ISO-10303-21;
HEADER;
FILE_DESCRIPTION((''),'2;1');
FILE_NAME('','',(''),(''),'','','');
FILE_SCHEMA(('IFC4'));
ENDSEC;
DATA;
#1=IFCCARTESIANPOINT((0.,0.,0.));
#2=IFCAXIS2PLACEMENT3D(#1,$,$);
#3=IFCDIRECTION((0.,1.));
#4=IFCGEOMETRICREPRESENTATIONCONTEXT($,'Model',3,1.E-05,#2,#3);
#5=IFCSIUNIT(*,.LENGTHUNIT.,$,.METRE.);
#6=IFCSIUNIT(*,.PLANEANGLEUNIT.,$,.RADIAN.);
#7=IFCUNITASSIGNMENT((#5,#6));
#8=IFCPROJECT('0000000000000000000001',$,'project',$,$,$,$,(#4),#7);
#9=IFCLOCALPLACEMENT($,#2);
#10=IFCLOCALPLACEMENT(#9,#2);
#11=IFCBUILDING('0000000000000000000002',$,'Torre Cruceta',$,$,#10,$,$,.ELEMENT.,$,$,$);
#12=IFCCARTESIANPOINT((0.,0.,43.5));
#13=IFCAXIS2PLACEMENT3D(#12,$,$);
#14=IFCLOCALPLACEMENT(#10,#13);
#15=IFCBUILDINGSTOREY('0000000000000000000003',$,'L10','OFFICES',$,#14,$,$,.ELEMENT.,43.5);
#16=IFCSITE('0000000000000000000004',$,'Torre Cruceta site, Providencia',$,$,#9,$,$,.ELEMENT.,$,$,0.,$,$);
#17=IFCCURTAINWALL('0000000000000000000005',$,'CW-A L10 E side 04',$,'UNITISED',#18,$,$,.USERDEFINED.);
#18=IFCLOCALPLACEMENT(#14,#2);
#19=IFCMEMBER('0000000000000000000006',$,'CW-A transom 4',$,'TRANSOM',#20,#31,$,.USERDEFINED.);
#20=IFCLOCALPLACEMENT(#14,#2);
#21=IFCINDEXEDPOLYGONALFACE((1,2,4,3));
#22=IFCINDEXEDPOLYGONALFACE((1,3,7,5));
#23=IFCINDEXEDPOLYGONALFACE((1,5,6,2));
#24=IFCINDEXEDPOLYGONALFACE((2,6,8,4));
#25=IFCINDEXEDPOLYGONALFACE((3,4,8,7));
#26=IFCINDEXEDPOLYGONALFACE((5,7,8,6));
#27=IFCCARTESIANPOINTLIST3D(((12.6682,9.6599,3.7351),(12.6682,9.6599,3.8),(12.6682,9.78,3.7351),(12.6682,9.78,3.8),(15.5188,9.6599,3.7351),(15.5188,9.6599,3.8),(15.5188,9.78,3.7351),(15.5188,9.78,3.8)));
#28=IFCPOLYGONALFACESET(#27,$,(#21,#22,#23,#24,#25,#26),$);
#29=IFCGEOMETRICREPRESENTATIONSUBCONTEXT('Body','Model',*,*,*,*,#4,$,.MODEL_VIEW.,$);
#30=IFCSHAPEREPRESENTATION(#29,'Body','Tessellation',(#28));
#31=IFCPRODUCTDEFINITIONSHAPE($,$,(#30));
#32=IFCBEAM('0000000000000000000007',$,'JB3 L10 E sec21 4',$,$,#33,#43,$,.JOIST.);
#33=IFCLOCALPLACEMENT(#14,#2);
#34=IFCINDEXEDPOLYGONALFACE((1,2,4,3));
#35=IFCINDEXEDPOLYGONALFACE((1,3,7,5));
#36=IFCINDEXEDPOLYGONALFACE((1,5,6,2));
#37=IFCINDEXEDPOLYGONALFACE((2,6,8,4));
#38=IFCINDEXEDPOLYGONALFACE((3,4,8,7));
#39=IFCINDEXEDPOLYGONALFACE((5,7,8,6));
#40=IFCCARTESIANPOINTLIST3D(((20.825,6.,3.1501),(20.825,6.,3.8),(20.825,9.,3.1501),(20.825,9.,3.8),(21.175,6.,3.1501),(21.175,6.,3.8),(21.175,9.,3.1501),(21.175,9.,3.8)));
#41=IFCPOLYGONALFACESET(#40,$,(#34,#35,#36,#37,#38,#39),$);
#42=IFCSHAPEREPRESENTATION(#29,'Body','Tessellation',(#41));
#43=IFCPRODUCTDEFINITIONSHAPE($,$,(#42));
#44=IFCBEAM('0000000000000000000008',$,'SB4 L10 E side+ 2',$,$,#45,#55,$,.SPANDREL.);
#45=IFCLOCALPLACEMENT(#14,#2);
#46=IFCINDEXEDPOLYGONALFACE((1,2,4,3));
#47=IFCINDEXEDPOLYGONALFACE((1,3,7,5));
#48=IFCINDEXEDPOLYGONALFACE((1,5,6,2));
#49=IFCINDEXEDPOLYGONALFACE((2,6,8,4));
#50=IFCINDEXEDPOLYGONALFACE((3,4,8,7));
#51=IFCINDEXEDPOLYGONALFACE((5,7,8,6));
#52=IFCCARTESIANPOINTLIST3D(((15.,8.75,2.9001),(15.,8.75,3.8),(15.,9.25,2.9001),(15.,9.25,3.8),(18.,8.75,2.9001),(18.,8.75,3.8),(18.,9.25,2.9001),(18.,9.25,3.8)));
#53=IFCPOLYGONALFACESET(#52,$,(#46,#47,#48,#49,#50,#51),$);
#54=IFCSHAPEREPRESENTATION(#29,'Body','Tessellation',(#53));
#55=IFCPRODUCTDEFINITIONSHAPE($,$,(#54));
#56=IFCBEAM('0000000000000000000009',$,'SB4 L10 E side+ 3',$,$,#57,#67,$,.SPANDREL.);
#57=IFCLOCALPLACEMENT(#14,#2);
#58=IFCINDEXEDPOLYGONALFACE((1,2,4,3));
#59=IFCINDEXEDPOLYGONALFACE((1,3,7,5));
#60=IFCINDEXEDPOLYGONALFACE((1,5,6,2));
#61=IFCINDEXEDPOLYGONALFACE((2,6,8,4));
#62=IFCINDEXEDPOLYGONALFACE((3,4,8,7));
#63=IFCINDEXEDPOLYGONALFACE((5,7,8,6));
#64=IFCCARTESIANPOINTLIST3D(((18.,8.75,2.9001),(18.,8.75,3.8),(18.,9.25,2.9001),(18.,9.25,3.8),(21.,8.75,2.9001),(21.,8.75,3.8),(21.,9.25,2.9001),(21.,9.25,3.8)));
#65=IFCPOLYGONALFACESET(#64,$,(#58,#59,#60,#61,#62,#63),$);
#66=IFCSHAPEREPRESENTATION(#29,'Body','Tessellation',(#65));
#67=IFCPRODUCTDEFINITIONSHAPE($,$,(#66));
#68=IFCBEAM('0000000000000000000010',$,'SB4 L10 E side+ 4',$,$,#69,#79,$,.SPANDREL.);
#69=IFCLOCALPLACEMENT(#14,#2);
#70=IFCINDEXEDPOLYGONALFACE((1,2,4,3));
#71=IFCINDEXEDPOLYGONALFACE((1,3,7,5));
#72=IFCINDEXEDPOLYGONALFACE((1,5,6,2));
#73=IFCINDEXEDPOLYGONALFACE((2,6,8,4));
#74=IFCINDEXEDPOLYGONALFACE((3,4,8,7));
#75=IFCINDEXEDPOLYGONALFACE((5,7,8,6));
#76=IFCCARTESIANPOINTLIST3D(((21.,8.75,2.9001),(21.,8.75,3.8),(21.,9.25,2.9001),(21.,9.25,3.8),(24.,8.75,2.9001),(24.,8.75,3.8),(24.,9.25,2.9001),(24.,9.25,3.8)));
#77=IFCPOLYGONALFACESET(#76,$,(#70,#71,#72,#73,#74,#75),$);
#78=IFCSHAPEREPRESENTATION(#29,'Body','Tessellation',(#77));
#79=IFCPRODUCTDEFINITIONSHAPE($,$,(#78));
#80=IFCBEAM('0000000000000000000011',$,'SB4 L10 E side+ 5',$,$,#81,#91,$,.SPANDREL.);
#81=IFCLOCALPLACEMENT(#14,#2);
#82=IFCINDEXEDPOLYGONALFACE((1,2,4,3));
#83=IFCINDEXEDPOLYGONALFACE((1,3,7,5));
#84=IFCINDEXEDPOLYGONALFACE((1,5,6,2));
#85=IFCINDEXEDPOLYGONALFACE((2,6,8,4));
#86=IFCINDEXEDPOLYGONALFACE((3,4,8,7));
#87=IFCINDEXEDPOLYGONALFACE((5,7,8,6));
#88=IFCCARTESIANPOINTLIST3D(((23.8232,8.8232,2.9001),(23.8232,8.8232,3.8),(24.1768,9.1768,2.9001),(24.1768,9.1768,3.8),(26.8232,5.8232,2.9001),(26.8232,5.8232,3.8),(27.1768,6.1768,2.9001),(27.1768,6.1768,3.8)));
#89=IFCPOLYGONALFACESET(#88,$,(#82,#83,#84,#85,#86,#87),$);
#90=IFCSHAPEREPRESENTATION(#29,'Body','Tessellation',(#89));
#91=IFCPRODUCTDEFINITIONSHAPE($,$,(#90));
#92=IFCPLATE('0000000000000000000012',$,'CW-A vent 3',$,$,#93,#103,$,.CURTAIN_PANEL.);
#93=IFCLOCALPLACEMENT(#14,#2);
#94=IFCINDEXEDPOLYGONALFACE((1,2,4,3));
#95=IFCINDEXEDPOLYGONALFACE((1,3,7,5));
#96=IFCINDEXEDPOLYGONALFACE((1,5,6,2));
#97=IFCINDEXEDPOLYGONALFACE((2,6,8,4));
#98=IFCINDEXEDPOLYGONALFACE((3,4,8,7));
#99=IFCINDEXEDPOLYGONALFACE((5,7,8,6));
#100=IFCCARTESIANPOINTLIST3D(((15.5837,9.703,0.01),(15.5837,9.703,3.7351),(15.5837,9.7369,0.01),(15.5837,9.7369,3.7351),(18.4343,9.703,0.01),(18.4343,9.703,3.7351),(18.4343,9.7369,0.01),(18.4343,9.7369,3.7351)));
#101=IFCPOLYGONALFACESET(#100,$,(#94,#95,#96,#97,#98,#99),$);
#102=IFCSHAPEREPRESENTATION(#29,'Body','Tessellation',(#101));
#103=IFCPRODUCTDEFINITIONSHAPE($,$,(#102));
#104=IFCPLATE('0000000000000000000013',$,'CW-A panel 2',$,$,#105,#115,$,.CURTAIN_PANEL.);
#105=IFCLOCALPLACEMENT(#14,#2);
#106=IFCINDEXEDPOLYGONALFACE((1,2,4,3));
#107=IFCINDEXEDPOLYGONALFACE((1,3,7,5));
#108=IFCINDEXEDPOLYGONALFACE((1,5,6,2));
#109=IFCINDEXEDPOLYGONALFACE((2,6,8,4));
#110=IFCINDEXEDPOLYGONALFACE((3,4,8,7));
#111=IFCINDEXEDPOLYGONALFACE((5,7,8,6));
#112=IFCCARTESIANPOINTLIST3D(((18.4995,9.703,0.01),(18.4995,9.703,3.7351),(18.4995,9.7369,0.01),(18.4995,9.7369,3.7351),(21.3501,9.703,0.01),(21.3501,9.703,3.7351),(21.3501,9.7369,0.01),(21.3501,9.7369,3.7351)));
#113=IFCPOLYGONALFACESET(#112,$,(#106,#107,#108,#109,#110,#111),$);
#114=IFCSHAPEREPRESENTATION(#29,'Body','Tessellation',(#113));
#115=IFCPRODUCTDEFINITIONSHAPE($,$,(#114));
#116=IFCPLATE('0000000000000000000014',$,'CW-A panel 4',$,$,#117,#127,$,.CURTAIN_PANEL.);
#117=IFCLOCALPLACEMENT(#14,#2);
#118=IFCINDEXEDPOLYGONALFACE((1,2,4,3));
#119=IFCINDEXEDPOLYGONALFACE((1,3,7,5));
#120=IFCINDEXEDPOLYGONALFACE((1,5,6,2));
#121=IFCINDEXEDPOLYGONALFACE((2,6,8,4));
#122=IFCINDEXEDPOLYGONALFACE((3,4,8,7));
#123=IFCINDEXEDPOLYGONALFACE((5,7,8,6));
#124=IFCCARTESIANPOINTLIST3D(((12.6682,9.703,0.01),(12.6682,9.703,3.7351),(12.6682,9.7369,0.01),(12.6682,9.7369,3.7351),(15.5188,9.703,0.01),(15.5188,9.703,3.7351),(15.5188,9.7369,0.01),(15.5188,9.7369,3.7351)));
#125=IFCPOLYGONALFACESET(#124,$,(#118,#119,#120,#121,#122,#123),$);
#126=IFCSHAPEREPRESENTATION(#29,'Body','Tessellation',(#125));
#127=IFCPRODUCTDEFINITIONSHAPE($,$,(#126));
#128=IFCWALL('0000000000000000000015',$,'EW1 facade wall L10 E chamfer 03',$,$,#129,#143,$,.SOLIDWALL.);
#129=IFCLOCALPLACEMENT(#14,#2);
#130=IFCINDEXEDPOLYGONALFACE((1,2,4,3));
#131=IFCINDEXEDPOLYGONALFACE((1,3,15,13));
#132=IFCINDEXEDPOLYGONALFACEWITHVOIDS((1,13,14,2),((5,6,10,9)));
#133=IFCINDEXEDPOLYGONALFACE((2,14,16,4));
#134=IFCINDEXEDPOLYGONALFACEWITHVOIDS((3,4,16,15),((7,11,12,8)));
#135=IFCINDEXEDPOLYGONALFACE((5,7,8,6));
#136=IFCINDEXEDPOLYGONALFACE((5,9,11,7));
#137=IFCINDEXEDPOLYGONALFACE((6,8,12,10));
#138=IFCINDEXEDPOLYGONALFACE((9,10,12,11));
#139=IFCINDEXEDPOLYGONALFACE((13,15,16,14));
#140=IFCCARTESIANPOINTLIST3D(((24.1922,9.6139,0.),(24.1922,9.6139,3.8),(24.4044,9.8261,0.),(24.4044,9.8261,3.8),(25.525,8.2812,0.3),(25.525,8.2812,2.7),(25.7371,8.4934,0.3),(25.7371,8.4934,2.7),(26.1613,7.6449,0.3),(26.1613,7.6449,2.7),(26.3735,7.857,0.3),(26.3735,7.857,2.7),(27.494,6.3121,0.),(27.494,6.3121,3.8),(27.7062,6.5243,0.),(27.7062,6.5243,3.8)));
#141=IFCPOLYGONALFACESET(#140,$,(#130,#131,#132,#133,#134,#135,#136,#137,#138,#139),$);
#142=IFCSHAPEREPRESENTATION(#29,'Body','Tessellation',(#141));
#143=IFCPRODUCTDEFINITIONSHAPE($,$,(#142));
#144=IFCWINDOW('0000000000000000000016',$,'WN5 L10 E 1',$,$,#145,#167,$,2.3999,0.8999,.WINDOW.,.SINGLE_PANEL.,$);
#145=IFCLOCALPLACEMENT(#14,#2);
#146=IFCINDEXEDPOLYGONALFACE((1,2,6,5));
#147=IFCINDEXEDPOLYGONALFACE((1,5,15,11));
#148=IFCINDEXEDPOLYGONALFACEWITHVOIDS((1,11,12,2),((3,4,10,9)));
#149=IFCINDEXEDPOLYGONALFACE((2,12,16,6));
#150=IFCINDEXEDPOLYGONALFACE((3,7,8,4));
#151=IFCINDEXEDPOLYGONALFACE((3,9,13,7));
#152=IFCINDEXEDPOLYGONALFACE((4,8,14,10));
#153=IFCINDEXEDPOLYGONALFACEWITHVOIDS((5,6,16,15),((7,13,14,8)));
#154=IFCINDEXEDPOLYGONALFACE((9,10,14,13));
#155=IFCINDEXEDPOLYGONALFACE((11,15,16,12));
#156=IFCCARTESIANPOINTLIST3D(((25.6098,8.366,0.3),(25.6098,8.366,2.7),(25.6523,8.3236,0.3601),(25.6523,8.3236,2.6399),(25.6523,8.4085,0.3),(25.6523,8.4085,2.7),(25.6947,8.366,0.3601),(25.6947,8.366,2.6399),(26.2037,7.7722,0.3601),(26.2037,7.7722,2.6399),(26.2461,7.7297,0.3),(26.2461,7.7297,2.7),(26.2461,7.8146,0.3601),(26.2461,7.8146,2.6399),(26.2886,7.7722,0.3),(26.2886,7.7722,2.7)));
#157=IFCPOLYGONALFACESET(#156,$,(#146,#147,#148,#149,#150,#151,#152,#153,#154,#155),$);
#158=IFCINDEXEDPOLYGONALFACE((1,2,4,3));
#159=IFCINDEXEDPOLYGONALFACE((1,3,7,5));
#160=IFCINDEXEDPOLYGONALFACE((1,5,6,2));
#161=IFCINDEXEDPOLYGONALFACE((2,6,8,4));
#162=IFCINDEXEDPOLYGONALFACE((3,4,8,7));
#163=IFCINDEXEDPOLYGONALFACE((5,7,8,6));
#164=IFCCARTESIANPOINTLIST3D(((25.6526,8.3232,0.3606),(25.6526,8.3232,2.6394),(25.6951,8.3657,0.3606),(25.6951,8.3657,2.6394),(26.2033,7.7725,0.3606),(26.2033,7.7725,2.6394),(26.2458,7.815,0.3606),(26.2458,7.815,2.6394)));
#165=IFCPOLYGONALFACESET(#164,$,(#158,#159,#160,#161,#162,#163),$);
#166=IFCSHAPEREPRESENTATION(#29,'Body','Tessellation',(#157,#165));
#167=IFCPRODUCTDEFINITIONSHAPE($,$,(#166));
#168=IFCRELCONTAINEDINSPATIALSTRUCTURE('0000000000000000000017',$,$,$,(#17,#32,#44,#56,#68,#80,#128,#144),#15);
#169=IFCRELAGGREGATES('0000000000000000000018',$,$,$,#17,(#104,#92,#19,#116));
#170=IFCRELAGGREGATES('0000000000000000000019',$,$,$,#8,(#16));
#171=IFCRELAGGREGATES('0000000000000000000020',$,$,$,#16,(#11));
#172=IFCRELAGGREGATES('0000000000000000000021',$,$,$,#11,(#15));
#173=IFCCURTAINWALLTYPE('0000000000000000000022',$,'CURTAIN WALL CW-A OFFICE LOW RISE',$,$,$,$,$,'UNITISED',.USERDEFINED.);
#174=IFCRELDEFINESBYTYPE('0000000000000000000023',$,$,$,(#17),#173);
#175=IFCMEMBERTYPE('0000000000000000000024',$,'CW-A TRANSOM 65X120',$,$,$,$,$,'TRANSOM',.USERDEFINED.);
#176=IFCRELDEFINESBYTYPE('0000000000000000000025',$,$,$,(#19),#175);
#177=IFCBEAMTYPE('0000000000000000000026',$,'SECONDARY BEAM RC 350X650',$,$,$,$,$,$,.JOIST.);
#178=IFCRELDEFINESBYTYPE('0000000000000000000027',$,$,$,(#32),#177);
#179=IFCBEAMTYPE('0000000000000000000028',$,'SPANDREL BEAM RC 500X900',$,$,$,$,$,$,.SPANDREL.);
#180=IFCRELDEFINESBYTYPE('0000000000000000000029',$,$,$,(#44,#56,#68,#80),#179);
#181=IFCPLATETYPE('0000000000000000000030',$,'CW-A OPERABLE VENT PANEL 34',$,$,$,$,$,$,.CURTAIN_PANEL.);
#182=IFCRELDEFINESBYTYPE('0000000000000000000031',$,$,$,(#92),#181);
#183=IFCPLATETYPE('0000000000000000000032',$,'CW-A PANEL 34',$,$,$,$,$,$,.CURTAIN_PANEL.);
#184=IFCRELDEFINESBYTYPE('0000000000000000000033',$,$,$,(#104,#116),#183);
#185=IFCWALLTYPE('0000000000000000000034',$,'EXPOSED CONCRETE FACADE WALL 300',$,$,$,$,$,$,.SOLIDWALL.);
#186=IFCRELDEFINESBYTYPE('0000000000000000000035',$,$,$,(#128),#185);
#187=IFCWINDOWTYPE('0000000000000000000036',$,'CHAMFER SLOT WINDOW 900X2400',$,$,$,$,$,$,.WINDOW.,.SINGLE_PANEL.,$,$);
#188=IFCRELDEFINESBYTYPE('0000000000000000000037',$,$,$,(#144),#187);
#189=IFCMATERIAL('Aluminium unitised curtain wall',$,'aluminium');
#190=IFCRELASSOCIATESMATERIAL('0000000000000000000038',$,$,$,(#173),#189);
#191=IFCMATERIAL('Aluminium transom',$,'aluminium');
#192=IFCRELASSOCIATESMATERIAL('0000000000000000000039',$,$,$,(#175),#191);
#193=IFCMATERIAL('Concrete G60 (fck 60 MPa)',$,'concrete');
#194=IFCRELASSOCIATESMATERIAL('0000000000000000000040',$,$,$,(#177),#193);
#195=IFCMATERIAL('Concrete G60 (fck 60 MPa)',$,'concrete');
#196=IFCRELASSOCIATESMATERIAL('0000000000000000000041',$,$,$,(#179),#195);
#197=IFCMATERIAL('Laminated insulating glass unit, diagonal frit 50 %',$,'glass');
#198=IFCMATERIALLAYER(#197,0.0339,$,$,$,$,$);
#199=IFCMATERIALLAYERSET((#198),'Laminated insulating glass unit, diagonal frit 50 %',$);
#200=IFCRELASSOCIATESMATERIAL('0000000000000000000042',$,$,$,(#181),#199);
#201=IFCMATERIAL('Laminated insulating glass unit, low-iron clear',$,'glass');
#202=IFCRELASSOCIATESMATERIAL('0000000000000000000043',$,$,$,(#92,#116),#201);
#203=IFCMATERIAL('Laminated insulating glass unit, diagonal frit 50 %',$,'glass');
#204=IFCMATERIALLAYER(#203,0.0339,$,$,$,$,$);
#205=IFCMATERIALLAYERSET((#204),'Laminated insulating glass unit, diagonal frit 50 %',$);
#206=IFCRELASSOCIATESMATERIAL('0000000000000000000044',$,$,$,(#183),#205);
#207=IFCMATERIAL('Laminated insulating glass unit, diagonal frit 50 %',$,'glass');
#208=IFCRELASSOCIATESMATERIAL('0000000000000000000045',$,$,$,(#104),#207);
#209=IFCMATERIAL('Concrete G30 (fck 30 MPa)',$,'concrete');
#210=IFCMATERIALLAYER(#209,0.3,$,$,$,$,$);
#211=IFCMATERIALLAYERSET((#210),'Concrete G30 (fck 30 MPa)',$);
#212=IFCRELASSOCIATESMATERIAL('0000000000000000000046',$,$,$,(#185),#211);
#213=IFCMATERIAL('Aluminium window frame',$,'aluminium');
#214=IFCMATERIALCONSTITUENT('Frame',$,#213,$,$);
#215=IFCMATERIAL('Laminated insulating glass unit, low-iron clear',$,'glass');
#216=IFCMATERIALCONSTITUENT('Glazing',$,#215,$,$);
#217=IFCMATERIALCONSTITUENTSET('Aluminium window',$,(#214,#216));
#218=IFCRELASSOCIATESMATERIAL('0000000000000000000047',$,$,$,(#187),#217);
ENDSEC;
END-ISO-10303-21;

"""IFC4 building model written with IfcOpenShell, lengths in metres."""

from ifc_helpers import new_model, si_unit, direction, frame, frame_2d, origin, origin_2d, place, context, subcontext, project, spatial, rectangle, hollow_rectangle, extrude, material, layer, layer_set, constituent, constituent_set, material_profile, profile_set, type_object, element, fill, aggregate, save


model = new_model("IFC4")

# Units and contexts
model_context = context("Model", 3, precision=1e-05, world=origin(), true_north=direction((0.0, 1.0)))
body_context = subcontext(model_context, "Body", "Model", "MODEL_VIEW")
ifc_project = project(units=[si_unit("LENGTHUNIT", "METRE"), si_unit("PLANEANGLEUNIT", "RADIAN")], contexts=[model_context])

# Site, building, storey
site_placement = place(None, origin())
site = spatial("IfcSite", under=ifc_project, at=site_placement, Name="Torre Cruceta site, Providencia", CompositionType="ELEMENT", RefElevation=0.0)
building_placement = place(site_placement, origin())
building = spatial("IfcBuilding", under=site, at=building_placement, Name="Torre Cruceta", CompositionType="ELEMENT")
storey_placement = place(building_placement, frame((0.0, 0.0, 43.5)))
storey = spatial("IfcBuildingStorey", under=building, at=storey_placement, Name="L10", Description="OFFICES", CompositionType="ELEMENT", Elevation=43.5)

# Curtain wall, member
ifc_material_1 = material(Name="Aluminium unitised curtain wall", Category="aluminium")
curtain_wall_type = type_object("IfcCurtainWallType", Name="CURTAIN WALL CW-A OFFICE LOW RISE", ElementType="UNITISED", PredefinedType="USERDEFINED", material=ifc_material_1)
curtain_wall_placement = place(storey_placement, origin())
curtain_wall = element("IfcCurtainWall", 1, at=curtain_wall_placement, inside=storey, type_object=curtain_wall_type, Name="CW-A L10 E side 04", ObjectType="UNITISED", PredefinedType="USERDEFINED")
ifc_material_2 = material(Name="Aluminium transom", Category="aluminium")
ifc_material_profile_1 = material_profile(ifc_material_2, rectangle(XDim=0.1201, YDim=0.0649, at=origin_2d()), Name="AL 120X65")
ifc_profile_set_1 = profile_set([ifc_material_profile_1], Name="Aluminium transom")
member_type_1 = type_object("IfcMemberType", Name="CW-A TRANSOM 65X120", ElementType="TRANSOM", PredefinedType="USERDEFINED", material=ifc_profile_set_1)
member_1_placement = place(storey_placement, frame((15.5188, 9.72, 3.7676), z_axis=(-1.0, 0.0, 0.0), x_axis=(0.0, -1.0, 0.0)))
member_1 = element("IfcMember", 2, at=member_1_placement, type_object=member_type_1, Name="CW-A transom 4", ObjectType="TRANSOM", PredefinedType="USERDEFINED", context=body_context, shape_type="SweptSolid", body=[
    extrude(rectangle(XDim=0.1201, YDim=0.0649, at=origin_2d()), origin(), (0.0, 0.0, 1.0), 2.8506),
])

# Beams
ifc_material_3 = material(Name="Concrete G60 (fck 60 MPa)", Category="concrete")
ifc_material_profile_2 = material_profile(ifc_material_3, rectangle(XDim=0.3501, YDim=0.6499, at=origin_2d()), Name="RC 350X650")
ifc_profile_set_2 = profile_set([ifc_material_profile_2], Name="Concrete G60 (fck 60 MPa)")
beam_type_1 = type_object("IfcBeamType", Name="SECONDARY BEAM RC 350X650", PredefinedType="JOIST", material=ifc_profile_set_2)
beam_1_placement = place(storey_placement, frame((21.0, 6.0, 3.4751), z_axis=(0.0, 1.0, 0.0), x_axis=(-1.0, 0.0, 0.0)))
element("IfcBeam", 3, at=beam_1_placement, inside=storey, type_object=beam_type_1, Name="JB3 L10 E sec21 4", PredefinedType="JOIST", context=body_context, shape_type="SweptSolid", body=[
    extrude(rectangle(XDim=0.3501, YDim=0.6499, at=origin_2d()), origin(), (0.0, 0.0, 1.0), 3.0),
])
ifc_material_4 = material(Name="Concrete G60 (fck 60 MPa)", Category="concrete")
ifc_material_profile_3 = material_profile(ifc_material_4, rectangle(XDim=0.5, YDim=0.8999, at=origin_2d()), Name="RC 500X900")
ifc_profile_set_3 = profile_set([ifc_material_profile_3], Name="Concrete G60 (fck 60 MPa)")
beam_type_2 = type_object("IfcBeamType", Name="SPANDREL BEAM RC 500X900", PredefinedType="SPANDREL", material=ifc_profile_set_3)
for number, where, z_axis, x_axis, name in (
    (4, (15.0, 9.0, 3.3501), (1.0, 0.0, 0.0), (0.0, 1.0, 0.0), "SB4 L10 E side+ 2"),
    (5, (18.0, 9.0, 3.3501), (1.0, 0.0, 0.0), (0.0, 1.0, 0.0), "SB4 L10 E side+ 3"),
    (6, (21.0, 9.0, 3.3501), (1.0, 0.0, 0.0), (0.0, 1.0, 0.0), "SB4 L10 E side+ 4"),
):
    element("IfcBeam", number, at=place(storey_placement, frame(where, z_axis=z_axis, x_axis=x_axis)), inside=storey, type_object=beam_type_2, Name=name, PredefinedType="SPANDREL", context=body_context, shape_type="SweptSolid", body=[
        extrude(rectangle(XDim=0.5, YDim=0.8999, at=origin_2d()), origin(), (0.0, 0.0, 1.0), 3.0),
    ])
beam_2_placement = place(storey_placement, frame((24.0, 9.0, 3.3501), z_axis=(0.707107, -0.707107, 0.0), x_axis=(0.707107, 0.707107, 0.0)))
element("IfcBeam", 7, at=beam_2_placement, inside=storey, type_object=beam_type_2, Name="SB4 L10 E side+ 5", PredefinedType="SPANDREL", context=body_context, shape_type="SweptSolid", body=[
    extrude(rectangle(XDim=0.5, YDim=0.8999, at=origin_2d()), origin(), (0.0, 0.0, 1.0), 4.2427),
])

# Plates
ifc_material_5 = material(Name="Laminated insulating glass unit, low-iron clear", Category="glass")
ifc_material_6 = material(Name="Laminated insulating glass unit, diagonal frit 50 %", Category="glass")
ifc_layer_1 = layer(ifc_material_6, 0.0339)
ifc_layer_set_1 = layer_set([ifc_layer_1], Name="Laminated insulating glass unit, diagonal frit 50 %")
plate_type_1 = type_object("IfcPlateType", Name="CW-A OPERABLE VENT PANEL 34", PredefinedType="CURTAIN_PANEL", material=ifc_layer_set_1)
plate_1_placement = place(storey_placement, frame((17.009, 9.72, 0.01), z_axis=(0.0, 0.0, 1.0), x_axis=(-1.0, 0.0, 0.0)))
plate_1 = element("IfcPlate", 8, at=plate_1_placement, type_object=plate_type_1, material=ifc_material_5, Name="CW-A vent 3", PredefinedType="CURTAIN_PANEL", context=body_context, shape_type="SweptSolid", body=[
    extrude(rectangle(XDim=2.8506, YDim=0.0339, at=origin_2d()), origin(), (0.0, 0.0, 1.0), 3.7251),
])
ifc_material_7 = material(Name="Laminated insulating glass unit, diagonal frit 50 %", Category="glass")
ifc_material_8 = material(Name="Laminated insulating glass unit, diagonal frit 50 %", Category="glass")
ifc_layer_2 = layer(ifc_material_8, 0.0339)
ifc_layer_set_2 = layer_set([ifc_layer_2], Name="Laminated insulating glass unit, diagonal frit 50 %")
plate_type_2 = type_object("IfcPlateType", Name="CW-A PANEL 34", PredefinedType="CURTAIN_PANEL", material=ifc_layer_set_2)
plate_2_placement = place(storey_placement, frame((19.9248, 9.72, 0.01), z_axis=(0.0, 0.0, 1.0), x_axis=(-1.0, 0.0, 0.0)))
plate_2 = element("IfcPlate", 9, at=plate_2_placement, type_object=plate_type_2, material=ifc_material_7, Name="CW-A panel 2", PredefinedType="CURTAIN_PANEL", context=body_context, shape_type="SweptSolid", body=[
    extrude(rectangle(XDim=2.8506, YDim=0.0339, at=origin_2d()), origin(), (0.0, 0.0, 1.0), 3.7251),
])
plate_3_placement = place(storey_placement, frame((14.0935, 9.72, 0.01), z_axis=(0.0, 0.0, 1.0), x_axis=(-1.0, 0.0, 0.0)))
plate_3 = element("IfcPlate", 10, at=plate_3_placement, type_object=plate_type_2, material=ifc_material_5, Name="CW-A panel 4", PredefinedType="CURTAIN_PANEL", context=body_context, shape_type="SweptSolid", body=[
    extrude(rectangle(XDim=2.8506, YDim=0.0339, at=origin_2d()), origin(), (0.0, 0.0, 1.0), 3.7251),
])
aggregate(curtain_wall, [plate_2, plate_1, member_1, plate_3])

# Wall, opening, window
ifc_material_9 = material(Name="Concrete G30 (fck 30 MPa)", Category="concrete")
ifc_layer_3 = layer(ifc_material_9, 0.3)
ifc_layer_set_3 = layer_set([ifc_layer_3], Name="Concrete G30 (fck 30 MPa)")
wall_type_1 = type_object("IfcWallType", Name="EXPOSED CONCRETE FACADE WALL 300", PredefinedType="SOLIDWALL", material=ifc_layer_set_3)
wall_1_placement = place(storey_placement, frame((27.6001, 6.4182, 0.0), z_axis=(0.0, 0.0, 1.0), x_axis=(-0.707107, 0.707107, 0.0)))
wall_1 = element("IfcWall", 11, at=wall_1_placement, inside=storey, type_object=wall_type_1, Name="EW1 facade wall L10 E chamfer 03", PredefinedType="SOLIDWALL", context=body_context, shape_type="SweptSolid", body=[
    extrude(rectangle(XDim=4.6694, YDim=0.3, at=frame_2d((2.3347, 0.0))), origin(), (0.0, 0.0, 1.0), 3.8),
])
opening_1_placement = place(wall_1_placement, frame((1.8848, 0.0, 0.3)))
opening_1 = element("IfcOpeningElement", 12, at=opening_1_placement, cuts=wall_1, PredefinedType="OPENING", context=body_context, shape_type="SweptSolid", body=[
    extrude(rectangle(XDim=0.8999, YDim=2.3999, at=frame_2d((0.45, 1.2))), frame((0.0, 0.1599, 0.0), z_axis=(0.0, -1.0, 0.0), x_axis=(1.0, 0.0, 0.0)), (0.0, 0.0, 1.0), 0.3201),
])
ifc_material_10 = material(Name="Aluminium window frame", Category="aluminium")
ifc_constituent_1 = constituent(ifc_material_10, Name="Frame")
ifc_material_11 = material(Name="Laminated insulating glass unit, low-iron clear", Category="glass")
ifc_constituent_2 = constituent(ifc_material_11, Name="Glazing")
ifc_constituent_set_1 = constituent_set(constituents=[ifc_constituent_1, ifc_constituent_2], Name="Aluminium window")
window_type = type_object("IfcWindowType", Name="CHAMFER SLOT WINDOW 900X2400", PartitioningType="SINGLE_PANEL", PredefinedType="WINDOW", material=ifc_constituent_set_1)
window_placement = place(opening_1_placement, origin())
window = element("IfcWindow", 13, at=window_placement, inside=storey, type_object=window_type, Name="WN5 L10 E 1", OverallHeight=2.3999, OverallWidth=0.8999, PartitioningType="SINGLE_PANEL", PredefinedType="WINDOW", context=body_context, shape_type="SweptSolid", body=[
    extrude(hollow_rectangle(XDim=0.8999, YDim=2.3999, WallThickness=0.0601, at=frame_2d((0.45, 1.2))), frame((0.0, 0.03, 0.0), z_axis=(0.0, -1.0, 0.0), x_axis=(1.0, 0.0, 0.0)), (0.0, 0.0, 1.0), 0.0601),
    extrude(rectangle(XDim=0.7788, YDim=2.2788, at=frame_2d((0.45, 1.2))), frame((0.0, 0.03, 0.0), z_axis=(0.0, -1.0, 0.0), x_axis=(1.0, 0.0, 0.0)), (0.0, 0.0, 1.0), 0.0601),
])
fill(opening_1, window)

save(model, "model.ifc")
